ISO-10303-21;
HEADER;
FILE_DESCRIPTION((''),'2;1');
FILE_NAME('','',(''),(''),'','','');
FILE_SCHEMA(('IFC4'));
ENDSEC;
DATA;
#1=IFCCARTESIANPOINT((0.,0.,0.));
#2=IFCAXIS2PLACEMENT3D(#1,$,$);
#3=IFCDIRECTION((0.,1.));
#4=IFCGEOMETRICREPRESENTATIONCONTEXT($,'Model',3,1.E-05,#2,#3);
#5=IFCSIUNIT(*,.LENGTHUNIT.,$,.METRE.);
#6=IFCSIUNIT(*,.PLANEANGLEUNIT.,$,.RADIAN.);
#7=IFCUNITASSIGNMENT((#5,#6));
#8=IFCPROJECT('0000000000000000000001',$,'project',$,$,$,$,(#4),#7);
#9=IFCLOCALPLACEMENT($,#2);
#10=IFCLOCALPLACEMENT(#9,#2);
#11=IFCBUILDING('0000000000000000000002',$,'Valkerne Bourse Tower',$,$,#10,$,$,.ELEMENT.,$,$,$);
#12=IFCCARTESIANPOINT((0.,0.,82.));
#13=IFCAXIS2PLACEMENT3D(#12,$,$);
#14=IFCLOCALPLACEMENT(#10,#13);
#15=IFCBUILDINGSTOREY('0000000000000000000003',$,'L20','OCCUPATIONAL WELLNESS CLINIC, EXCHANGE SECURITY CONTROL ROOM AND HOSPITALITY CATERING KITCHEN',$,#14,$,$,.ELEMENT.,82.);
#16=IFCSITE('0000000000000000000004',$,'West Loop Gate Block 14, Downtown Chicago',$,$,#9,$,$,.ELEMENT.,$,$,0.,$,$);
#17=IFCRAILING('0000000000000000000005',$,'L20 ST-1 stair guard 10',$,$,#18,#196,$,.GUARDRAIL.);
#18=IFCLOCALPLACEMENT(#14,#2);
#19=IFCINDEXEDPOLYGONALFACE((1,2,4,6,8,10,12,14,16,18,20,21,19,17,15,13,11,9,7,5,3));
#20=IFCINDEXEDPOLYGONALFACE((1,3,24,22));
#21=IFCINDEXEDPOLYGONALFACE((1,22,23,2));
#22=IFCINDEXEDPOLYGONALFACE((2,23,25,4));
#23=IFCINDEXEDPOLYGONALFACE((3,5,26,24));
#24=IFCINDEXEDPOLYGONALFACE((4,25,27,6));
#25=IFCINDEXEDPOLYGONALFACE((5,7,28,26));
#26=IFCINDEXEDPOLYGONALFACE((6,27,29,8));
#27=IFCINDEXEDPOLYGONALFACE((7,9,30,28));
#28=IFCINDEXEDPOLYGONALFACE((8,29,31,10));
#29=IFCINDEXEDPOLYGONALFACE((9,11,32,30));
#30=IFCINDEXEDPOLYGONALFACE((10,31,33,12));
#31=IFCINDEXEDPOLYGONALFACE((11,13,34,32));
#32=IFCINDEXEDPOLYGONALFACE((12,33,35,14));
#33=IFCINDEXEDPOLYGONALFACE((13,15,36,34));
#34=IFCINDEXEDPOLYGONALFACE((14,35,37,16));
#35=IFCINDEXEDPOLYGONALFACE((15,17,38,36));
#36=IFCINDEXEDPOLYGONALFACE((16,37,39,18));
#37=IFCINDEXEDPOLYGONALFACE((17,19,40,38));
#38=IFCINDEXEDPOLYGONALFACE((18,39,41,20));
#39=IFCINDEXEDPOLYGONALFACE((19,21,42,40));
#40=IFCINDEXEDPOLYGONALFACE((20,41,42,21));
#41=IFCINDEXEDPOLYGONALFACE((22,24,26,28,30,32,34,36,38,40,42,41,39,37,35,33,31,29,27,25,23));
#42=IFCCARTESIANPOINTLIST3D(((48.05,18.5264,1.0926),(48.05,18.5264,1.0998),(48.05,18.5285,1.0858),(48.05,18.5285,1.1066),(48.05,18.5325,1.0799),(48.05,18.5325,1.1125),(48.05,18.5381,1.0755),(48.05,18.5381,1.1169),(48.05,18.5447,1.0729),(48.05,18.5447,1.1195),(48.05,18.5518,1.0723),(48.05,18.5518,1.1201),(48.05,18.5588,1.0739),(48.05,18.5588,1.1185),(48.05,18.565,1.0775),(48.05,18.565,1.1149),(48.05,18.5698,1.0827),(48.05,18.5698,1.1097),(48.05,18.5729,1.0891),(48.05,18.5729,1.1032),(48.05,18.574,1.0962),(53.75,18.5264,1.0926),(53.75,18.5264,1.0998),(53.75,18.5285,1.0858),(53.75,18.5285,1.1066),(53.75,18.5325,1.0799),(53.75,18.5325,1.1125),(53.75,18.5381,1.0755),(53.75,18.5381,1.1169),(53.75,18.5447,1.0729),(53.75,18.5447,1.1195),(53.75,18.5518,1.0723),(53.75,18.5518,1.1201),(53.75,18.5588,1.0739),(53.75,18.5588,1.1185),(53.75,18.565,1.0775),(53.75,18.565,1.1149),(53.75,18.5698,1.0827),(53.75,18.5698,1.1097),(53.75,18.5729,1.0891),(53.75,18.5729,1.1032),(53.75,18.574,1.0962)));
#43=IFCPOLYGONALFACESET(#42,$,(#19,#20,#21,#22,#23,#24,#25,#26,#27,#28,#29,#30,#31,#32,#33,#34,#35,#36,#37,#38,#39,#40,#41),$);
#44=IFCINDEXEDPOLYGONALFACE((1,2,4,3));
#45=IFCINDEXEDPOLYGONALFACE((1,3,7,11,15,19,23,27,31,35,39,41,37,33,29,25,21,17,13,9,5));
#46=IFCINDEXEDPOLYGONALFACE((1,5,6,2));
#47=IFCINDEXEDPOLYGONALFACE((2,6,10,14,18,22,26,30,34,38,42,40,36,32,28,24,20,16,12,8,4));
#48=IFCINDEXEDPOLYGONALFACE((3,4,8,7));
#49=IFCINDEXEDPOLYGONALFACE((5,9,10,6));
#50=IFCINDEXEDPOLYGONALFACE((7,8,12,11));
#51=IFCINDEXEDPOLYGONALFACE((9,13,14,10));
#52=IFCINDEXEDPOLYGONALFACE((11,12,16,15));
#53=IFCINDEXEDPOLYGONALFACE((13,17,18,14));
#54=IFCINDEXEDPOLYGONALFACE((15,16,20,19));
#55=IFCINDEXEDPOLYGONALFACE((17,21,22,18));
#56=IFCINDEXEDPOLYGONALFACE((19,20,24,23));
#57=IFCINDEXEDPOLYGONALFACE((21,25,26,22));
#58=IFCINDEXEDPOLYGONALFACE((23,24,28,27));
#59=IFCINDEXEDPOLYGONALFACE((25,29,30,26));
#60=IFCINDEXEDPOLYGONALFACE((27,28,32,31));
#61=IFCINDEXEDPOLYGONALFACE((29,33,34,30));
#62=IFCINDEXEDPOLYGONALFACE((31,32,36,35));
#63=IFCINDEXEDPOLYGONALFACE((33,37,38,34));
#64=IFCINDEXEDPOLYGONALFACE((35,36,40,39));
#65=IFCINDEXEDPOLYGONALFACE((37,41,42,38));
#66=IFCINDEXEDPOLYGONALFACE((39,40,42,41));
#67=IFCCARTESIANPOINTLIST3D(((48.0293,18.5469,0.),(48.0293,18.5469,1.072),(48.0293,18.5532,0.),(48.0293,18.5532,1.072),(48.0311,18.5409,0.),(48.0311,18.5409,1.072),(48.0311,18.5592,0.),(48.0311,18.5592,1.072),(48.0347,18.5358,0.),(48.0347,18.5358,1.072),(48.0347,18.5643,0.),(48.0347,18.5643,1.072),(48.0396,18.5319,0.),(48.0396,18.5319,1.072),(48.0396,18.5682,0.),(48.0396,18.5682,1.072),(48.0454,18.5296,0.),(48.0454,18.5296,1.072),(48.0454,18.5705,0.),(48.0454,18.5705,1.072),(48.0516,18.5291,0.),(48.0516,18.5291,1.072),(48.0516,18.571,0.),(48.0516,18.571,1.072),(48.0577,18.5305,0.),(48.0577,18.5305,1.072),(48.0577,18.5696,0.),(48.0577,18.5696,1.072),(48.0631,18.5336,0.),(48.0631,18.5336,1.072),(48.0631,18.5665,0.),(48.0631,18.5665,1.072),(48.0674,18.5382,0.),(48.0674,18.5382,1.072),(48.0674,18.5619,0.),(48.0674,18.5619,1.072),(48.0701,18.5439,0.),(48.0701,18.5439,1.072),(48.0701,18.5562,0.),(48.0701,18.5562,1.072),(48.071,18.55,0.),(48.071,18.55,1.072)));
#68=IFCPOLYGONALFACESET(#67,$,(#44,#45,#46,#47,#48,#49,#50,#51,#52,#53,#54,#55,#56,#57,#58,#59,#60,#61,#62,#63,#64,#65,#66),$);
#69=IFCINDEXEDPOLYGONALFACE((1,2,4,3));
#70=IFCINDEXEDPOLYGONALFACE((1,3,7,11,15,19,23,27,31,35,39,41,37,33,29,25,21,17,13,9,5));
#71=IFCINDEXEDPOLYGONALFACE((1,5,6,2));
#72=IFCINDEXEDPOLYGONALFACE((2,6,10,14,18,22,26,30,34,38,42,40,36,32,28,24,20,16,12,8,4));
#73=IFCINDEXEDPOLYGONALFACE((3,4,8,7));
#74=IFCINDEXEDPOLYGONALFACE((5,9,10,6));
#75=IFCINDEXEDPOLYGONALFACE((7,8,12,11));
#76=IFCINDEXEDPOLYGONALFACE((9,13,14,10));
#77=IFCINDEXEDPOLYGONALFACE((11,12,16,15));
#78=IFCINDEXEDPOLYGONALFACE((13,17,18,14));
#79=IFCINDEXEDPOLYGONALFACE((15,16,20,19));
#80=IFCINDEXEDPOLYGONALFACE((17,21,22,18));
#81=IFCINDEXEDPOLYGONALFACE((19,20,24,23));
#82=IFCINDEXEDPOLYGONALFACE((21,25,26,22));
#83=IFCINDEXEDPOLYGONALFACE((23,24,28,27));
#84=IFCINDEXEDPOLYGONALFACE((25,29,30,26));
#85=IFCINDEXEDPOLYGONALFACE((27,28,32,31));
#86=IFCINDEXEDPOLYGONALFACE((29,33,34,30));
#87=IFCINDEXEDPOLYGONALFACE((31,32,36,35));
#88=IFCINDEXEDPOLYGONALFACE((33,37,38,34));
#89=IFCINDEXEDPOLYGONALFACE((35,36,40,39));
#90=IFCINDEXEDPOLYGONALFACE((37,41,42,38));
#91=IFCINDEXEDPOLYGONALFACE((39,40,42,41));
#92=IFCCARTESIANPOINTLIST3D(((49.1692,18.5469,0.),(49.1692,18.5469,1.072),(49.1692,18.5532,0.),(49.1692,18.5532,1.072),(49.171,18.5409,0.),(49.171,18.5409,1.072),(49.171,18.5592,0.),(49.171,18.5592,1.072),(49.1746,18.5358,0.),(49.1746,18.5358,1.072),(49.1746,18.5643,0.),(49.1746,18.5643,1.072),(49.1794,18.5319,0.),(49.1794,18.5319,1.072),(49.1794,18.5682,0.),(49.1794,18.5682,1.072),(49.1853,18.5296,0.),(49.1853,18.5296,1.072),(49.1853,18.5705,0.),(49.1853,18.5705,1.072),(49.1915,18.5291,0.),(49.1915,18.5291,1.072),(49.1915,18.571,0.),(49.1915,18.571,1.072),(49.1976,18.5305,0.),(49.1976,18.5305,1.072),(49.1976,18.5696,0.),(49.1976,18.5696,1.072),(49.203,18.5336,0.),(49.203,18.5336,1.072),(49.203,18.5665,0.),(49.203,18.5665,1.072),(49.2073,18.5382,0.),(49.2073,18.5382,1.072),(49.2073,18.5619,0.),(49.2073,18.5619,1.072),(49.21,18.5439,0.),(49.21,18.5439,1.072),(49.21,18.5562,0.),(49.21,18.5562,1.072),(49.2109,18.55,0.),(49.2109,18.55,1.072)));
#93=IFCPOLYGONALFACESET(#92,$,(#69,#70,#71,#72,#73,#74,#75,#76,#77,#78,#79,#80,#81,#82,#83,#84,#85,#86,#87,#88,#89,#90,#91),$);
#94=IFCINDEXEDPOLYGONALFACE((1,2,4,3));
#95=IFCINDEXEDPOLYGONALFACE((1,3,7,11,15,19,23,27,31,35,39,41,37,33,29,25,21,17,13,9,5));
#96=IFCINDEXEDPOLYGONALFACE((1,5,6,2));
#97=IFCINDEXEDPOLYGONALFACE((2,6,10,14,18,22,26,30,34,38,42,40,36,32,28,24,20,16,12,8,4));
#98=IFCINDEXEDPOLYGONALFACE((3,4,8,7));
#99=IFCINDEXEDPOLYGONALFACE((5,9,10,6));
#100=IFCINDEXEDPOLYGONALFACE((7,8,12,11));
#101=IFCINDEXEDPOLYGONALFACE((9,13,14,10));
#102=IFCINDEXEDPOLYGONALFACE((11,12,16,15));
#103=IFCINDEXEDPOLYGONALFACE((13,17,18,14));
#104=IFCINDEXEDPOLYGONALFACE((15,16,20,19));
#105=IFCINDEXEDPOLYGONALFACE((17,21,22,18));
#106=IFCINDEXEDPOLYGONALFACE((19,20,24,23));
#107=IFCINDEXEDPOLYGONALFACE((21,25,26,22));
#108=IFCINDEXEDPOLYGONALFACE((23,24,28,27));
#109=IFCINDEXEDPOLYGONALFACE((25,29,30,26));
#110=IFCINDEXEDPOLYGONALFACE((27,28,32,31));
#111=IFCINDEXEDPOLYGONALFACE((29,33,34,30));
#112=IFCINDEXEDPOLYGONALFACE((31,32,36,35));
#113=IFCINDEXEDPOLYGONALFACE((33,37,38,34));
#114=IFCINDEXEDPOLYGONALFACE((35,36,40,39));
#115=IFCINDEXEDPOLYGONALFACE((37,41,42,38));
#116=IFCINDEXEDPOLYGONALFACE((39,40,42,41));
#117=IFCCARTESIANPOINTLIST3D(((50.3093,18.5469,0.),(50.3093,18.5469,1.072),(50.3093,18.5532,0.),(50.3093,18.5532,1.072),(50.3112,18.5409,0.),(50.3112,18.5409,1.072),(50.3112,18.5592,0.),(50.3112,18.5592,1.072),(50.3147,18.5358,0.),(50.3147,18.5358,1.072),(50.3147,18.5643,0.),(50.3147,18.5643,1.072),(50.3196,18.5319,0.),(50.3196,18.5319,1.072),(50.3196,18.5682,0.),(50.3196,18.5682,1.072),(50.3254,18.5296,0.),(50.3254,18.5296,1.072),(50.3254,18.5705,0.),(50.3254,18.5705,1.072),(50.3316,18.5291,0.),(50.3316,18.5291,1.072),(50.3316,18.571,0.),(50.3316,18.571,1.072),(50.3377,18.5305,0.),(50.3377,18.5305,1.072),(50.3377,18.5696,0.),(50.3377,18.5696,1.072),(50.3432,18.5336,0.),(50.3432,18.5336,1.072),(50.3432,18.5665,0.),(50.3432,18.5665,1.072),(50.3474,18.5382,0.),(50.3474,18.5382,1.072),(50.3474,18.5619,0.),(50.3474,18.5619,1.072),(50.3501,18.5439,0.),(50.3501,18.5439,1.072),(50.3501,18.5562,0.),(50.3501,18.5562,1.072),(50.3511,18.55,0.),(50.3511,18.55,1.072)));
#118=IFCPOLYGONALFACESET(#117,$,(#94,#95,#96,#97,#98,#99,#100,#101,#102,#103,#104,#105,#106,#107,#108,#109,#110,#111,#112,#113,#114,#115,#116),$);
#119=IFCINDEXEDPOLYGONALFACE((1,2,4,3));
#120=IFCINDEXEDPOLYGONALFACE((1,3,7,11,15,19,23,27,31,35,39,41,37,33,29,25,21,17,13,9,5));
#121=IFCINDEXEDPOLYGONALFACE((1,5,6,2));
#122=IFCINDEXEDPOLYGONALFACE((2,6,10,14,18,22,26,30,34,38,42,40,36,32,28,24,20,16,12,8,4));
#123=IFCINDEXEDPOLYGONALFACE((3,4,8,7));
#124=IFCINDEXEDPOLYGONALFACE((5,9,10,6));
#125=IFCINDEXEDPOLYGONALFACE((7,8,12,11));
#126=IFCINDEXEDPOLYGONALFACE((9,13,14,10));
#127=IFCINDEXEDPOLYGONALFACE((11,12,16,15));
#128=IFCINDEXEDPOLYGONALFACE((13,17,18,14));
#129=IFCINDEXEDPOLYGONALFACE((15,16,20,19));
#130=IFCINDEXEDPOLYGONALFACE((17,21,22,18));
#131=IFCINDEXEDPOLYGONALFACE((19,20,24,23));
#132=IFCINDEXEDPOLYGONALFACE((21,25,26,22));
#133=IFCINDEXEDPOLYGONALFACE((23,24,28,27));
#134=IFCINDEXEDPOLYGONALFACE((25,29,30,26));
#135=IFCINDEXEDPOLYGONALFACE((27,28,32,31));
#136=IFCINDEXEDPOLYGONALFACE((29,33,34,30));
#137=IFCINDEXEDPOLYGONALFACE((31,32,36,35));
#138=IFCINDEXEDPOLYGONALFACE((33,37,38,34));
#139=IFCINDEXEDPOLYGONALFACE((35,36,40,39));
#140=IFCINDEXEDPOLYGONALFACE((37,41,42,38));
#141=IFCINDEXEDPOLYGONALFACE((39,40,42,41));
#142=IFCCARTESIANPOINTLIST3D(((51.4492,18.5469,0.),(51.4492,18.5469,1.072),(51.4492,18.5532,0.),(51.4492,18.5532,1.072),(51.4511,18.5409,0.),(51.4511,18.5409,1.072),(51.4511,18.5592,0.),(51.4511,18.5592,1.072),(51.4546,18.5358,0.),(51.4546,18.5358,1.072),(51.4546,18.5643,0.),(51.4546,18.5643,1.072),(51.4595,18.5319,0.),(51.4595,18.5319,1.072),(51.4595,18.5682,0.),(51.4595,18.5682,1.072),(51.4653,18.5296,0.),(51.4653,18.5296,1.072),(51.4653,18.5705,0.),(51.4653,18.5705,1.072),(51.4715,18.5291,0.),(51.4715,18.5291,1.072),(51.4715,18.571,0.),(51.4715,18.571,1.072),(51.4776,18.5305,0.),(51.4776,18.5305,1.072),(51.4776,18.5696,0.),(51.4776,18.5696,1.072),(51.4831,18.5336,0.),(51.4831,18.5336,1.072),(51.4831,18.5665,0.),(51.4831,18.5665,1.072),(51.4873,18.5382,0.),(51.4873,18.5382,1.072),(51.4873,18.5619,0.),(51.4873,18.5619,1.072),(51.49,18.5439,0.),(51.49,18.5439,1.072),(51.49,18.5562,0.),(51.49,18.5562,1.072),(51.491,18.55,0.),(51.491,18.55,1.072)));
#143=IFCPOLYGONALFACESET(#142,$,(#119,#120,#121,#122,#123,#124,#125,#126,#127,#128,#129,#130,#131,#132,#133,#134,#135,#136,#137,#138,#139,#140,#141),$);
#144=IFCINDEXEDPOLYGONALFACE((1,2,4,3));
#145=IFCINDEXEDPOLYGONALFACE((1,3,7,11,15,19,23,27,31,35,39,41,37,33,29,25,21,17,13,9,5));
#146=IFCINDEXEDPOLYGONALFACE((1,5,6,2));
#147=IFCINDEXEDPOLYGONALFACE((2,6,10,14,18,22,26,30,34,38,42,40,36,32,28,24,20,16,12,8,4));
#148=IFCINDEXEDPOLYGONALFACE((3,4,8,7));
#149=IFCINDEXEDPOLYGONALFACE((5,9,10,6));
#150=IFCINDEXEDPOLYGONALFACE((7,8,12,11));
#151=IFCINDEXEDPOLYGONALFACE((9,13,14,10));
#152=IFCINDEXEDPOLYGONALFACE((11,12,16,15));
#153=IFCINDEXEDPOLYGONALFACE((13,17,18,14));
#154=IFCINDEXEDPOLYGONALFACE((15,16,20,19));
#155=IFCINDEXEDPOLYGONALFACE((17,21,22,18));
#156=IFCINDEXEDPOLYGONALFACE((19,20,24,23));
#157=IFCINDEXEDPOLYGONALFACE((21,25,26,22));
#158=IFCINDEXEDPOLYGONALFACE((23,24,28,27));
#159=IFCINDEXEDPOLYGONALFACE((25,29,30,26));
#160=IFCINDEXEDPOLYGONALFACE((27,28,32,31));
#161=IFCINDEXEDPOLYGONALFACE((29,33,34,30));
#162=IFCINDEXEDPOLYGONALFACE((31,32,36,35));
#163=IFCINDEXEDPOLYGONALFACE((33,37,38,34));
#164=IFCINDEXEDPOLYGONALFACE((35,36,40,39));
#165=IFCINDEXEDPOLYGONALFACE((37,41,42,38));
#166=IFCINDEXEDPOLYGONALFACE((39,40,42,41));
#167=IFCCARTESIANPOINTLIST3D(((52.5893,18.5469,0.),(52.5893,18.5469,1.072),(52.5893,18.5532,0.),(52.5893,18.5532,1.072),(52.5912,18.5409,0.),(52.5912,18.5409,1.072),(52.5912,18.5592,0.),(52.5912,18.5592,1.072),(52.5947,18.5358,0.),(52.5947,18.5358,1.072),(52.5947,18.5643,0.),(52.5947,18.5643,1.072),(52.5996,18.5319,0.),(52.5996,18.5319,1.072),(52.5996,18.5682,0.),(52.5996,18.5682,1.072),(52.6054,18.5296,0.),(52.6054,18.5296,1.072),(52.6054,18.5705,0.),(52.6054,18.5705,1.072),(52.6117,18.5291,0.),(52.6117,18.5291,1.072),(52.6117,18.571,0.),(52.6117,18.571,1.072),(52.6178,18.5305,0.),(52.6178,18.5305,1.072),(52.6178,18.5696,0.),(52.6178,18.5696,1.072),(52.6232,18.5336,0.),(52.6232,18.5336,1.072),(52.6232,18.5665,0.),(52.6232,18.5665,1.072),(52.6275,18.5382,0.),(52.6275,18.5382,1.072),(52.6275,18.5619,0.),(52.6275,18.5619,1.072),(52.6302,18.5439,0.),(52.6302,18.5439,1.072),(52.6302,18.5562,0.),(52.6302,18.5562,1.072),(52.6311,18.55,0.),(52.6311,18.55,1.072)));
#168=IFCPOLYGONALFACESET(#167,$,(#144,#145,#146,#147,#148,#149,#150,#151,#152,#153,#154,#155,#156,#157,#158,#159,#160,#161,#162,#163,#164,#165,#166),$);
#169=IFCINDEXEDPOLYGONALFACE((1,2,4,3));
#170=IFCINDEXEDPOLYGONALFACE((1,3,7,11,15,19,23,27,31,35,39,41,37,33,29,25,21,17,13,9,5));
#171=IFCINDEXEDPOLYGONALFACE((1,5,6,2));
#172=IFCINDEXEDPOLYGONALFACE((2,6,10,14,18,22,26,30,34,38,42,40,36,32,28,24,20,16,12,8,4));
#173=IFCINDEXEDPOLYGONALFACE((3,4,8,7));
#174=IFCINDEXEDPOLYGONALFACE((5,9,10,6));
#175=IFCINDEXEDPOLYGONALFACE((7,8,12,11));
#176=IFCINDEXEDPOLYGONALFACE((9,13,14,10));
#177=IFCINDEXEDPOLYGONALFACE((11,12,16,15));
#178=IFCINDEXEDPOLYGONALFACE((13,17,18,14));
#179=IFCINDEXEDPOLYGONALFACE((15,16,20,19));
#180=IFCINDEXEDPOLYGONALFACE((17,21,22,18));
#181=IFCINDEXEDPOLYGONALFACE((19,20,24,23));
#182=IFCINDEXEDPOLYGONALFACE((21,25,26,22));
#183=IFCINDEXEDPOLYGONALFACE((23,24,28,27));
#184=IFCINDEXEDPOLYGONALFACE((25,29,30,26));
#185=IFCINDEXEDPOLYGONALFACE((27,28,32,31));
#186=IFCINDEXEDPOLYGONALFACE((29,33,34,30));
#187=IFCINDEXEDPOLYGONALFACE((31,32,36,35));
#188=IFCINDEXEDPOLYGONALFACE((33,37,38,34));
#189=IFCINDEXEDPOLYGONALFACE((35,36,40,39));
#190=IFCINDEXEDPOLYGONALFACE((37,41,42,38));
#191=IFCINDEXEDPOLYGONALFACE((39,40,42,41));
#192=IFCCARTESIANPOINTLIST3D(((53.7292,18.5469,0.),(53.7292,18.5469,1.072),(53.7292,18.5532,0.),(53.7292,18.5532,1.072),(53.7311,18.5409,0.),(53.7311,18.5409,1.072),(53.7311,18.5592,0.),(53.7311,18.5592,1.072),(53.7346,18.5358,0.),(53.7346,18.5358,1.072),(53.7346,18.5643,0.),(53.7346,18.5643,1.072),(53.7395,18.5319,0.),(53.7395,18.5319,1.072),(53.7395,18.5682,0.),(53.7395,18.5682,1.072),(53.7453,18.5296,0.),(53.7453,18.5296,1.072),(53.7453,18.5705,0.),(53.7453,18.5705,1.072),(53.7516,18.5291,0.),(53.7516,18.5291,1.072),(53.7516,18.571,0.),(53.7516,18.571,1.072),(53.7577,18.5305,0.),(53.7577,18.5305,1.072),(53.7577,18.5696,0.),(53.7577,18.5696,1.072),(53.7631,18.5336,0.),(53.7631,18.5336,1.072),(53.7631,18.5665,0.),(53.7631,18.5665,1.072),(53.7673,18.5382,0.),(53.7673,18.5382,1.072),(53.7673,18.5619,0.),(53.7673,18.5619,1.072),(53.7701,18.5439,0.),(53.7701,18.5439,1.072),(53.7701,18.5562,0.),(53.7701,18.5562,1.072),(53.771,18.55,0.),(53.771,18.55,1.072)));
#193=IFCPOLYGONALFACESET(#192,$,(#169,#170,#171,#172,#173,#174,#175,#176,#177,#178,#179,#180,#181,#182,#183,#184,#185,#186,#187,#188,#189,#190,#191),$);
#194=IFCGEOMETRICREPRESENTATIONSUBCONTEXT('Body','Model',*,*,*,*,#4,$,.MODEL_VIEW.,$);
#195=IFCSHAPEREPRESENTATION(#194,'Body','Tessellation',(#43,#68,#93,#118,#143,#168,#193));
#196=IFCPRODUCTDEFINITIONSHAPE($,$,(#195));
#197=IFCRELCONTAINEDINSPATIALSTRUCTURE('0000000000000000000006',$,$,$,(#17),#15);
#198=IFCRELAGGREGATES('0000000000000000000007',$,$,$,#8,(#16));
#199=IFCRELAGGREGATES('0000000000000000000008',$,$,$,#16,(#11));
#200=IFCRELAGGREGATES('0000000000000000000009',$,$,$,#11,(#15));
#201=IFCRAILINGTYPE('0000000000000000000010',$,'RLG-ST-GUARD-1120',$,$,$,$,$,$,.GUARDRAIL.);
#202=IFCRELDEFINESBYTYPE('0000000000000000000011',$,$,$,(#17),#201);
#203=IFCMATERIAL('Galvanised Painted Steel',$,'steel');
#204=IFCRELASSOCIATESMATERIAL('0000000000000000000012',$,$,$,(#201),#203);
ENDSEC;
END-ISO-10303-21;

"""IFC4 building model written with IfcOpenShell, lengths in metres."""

from ifc_helpers import new_model, si_unit, direction, frame, origin, origin_2d, place, context, subcontext, project, spatial, circle, extrude, material, type_object, element, save


model = new_model("IFC4")

# Units and contexts
model_context = context("Model", 3, precision=1e-05, world=origin(), true_north=direction((0.0, 1.0)))
body_context = subcontext(model_context, "Body", "Model", "MODEL_VIEW")
ifc_project = project(units=[si_unit("LENGTHUNIT", "METRE"), si_unit("PLANEANGLEUNIT", "RADIAN")], contexts=[model_context])

# Site, building, storey
site_placement = place(None, origin())
site = spatial("IfcSite", under=ifc_project, at=site_placement, Name="West Loop Gate Block 14, Downtown Chicago", CompositionType="ELEMENT", RefElevation=0.0)
building_placement = place(site_placement, origin())
building = spatial("IfcBuilding", under=site, at=building_placement, Name="Valkerne Bourse Tower", CompositionType="ELEMENT")
storey_placement = place(building_placement, frame((0.0, 0.0, 82.0)))
storey = spatial("IfcBuildingStorey", under=building, at=storey_placement, Name="L20", Description="OCCUPATIONAL WELLNESS CLINIC, EXCHANGE SECURITY CONTROL ROOM AND HOSPITALITY CATERING KITCHEN", CompositionType="ELEMENT", Elevation=82.0)

# Shared definitions
ifc_material_1 = material(Name="Galvanised Painted Steel", Category="steel")

# Railing
railing_type = type_object("IfcRailingType", Name="RLG-ST-GUARD-1120", PredefinedType="GUARDRAIL", material=ifc_material_1)
railing_placement = place(storey_placement, frame((48.05, 18.55, 0.0)))
element("IfcRailing", 1, at=railing_placement, inside=storey, type_object=railing_type, Name="L20 ST-1 stair guard 10", PredefinedType="GUARDRAIL", context=body_context, shape_type="SweptSolid", body=[
    extrude(circle(Radius=0.0239, at=origin_2d()), frame((0.0, 0.0, 1.0962), z_axis=(1.0, 0.0, 0.0), x_axis=(0.0, 1.0, 0.0)), (0.0, 0.0, 1.0), 5.7),
    extrude(circle(Radius=0.021, at=origin_2d()), origin(), (0.0, 0.0, 1.0), 1.072),
    extrude(circle(Radius=0.021, at=origin_2d()), frame((1.1399, 0.0, 0.0)), (0.0, 0.0, 1.0), 1.072),
    extrude(circle(Radius=0.021, at=origin_2d()), frame((2.28, 0.0, 0.0)), (0.0, 0.0, 1.0), 1.072),
    extrude(circle(Radius=0.021, at=origin_2d()), frame((3.4199, 0.0, 0.0)), (0.0, 0.0, 1.0), 1.072),
    extrude(circle(Radius=0.021, at=origin_2d()), frame((4.5601, 0.0, 0.0)), (0.0, 0.0, 1.0), 1.072),
    extrude(circle(Radius=0.021, at=origin_2d()), frame((5.7, 0.0, 0.0)), (0.0, 0.0, 1.0), 1.072),
])

save(model, "model.ifc")
